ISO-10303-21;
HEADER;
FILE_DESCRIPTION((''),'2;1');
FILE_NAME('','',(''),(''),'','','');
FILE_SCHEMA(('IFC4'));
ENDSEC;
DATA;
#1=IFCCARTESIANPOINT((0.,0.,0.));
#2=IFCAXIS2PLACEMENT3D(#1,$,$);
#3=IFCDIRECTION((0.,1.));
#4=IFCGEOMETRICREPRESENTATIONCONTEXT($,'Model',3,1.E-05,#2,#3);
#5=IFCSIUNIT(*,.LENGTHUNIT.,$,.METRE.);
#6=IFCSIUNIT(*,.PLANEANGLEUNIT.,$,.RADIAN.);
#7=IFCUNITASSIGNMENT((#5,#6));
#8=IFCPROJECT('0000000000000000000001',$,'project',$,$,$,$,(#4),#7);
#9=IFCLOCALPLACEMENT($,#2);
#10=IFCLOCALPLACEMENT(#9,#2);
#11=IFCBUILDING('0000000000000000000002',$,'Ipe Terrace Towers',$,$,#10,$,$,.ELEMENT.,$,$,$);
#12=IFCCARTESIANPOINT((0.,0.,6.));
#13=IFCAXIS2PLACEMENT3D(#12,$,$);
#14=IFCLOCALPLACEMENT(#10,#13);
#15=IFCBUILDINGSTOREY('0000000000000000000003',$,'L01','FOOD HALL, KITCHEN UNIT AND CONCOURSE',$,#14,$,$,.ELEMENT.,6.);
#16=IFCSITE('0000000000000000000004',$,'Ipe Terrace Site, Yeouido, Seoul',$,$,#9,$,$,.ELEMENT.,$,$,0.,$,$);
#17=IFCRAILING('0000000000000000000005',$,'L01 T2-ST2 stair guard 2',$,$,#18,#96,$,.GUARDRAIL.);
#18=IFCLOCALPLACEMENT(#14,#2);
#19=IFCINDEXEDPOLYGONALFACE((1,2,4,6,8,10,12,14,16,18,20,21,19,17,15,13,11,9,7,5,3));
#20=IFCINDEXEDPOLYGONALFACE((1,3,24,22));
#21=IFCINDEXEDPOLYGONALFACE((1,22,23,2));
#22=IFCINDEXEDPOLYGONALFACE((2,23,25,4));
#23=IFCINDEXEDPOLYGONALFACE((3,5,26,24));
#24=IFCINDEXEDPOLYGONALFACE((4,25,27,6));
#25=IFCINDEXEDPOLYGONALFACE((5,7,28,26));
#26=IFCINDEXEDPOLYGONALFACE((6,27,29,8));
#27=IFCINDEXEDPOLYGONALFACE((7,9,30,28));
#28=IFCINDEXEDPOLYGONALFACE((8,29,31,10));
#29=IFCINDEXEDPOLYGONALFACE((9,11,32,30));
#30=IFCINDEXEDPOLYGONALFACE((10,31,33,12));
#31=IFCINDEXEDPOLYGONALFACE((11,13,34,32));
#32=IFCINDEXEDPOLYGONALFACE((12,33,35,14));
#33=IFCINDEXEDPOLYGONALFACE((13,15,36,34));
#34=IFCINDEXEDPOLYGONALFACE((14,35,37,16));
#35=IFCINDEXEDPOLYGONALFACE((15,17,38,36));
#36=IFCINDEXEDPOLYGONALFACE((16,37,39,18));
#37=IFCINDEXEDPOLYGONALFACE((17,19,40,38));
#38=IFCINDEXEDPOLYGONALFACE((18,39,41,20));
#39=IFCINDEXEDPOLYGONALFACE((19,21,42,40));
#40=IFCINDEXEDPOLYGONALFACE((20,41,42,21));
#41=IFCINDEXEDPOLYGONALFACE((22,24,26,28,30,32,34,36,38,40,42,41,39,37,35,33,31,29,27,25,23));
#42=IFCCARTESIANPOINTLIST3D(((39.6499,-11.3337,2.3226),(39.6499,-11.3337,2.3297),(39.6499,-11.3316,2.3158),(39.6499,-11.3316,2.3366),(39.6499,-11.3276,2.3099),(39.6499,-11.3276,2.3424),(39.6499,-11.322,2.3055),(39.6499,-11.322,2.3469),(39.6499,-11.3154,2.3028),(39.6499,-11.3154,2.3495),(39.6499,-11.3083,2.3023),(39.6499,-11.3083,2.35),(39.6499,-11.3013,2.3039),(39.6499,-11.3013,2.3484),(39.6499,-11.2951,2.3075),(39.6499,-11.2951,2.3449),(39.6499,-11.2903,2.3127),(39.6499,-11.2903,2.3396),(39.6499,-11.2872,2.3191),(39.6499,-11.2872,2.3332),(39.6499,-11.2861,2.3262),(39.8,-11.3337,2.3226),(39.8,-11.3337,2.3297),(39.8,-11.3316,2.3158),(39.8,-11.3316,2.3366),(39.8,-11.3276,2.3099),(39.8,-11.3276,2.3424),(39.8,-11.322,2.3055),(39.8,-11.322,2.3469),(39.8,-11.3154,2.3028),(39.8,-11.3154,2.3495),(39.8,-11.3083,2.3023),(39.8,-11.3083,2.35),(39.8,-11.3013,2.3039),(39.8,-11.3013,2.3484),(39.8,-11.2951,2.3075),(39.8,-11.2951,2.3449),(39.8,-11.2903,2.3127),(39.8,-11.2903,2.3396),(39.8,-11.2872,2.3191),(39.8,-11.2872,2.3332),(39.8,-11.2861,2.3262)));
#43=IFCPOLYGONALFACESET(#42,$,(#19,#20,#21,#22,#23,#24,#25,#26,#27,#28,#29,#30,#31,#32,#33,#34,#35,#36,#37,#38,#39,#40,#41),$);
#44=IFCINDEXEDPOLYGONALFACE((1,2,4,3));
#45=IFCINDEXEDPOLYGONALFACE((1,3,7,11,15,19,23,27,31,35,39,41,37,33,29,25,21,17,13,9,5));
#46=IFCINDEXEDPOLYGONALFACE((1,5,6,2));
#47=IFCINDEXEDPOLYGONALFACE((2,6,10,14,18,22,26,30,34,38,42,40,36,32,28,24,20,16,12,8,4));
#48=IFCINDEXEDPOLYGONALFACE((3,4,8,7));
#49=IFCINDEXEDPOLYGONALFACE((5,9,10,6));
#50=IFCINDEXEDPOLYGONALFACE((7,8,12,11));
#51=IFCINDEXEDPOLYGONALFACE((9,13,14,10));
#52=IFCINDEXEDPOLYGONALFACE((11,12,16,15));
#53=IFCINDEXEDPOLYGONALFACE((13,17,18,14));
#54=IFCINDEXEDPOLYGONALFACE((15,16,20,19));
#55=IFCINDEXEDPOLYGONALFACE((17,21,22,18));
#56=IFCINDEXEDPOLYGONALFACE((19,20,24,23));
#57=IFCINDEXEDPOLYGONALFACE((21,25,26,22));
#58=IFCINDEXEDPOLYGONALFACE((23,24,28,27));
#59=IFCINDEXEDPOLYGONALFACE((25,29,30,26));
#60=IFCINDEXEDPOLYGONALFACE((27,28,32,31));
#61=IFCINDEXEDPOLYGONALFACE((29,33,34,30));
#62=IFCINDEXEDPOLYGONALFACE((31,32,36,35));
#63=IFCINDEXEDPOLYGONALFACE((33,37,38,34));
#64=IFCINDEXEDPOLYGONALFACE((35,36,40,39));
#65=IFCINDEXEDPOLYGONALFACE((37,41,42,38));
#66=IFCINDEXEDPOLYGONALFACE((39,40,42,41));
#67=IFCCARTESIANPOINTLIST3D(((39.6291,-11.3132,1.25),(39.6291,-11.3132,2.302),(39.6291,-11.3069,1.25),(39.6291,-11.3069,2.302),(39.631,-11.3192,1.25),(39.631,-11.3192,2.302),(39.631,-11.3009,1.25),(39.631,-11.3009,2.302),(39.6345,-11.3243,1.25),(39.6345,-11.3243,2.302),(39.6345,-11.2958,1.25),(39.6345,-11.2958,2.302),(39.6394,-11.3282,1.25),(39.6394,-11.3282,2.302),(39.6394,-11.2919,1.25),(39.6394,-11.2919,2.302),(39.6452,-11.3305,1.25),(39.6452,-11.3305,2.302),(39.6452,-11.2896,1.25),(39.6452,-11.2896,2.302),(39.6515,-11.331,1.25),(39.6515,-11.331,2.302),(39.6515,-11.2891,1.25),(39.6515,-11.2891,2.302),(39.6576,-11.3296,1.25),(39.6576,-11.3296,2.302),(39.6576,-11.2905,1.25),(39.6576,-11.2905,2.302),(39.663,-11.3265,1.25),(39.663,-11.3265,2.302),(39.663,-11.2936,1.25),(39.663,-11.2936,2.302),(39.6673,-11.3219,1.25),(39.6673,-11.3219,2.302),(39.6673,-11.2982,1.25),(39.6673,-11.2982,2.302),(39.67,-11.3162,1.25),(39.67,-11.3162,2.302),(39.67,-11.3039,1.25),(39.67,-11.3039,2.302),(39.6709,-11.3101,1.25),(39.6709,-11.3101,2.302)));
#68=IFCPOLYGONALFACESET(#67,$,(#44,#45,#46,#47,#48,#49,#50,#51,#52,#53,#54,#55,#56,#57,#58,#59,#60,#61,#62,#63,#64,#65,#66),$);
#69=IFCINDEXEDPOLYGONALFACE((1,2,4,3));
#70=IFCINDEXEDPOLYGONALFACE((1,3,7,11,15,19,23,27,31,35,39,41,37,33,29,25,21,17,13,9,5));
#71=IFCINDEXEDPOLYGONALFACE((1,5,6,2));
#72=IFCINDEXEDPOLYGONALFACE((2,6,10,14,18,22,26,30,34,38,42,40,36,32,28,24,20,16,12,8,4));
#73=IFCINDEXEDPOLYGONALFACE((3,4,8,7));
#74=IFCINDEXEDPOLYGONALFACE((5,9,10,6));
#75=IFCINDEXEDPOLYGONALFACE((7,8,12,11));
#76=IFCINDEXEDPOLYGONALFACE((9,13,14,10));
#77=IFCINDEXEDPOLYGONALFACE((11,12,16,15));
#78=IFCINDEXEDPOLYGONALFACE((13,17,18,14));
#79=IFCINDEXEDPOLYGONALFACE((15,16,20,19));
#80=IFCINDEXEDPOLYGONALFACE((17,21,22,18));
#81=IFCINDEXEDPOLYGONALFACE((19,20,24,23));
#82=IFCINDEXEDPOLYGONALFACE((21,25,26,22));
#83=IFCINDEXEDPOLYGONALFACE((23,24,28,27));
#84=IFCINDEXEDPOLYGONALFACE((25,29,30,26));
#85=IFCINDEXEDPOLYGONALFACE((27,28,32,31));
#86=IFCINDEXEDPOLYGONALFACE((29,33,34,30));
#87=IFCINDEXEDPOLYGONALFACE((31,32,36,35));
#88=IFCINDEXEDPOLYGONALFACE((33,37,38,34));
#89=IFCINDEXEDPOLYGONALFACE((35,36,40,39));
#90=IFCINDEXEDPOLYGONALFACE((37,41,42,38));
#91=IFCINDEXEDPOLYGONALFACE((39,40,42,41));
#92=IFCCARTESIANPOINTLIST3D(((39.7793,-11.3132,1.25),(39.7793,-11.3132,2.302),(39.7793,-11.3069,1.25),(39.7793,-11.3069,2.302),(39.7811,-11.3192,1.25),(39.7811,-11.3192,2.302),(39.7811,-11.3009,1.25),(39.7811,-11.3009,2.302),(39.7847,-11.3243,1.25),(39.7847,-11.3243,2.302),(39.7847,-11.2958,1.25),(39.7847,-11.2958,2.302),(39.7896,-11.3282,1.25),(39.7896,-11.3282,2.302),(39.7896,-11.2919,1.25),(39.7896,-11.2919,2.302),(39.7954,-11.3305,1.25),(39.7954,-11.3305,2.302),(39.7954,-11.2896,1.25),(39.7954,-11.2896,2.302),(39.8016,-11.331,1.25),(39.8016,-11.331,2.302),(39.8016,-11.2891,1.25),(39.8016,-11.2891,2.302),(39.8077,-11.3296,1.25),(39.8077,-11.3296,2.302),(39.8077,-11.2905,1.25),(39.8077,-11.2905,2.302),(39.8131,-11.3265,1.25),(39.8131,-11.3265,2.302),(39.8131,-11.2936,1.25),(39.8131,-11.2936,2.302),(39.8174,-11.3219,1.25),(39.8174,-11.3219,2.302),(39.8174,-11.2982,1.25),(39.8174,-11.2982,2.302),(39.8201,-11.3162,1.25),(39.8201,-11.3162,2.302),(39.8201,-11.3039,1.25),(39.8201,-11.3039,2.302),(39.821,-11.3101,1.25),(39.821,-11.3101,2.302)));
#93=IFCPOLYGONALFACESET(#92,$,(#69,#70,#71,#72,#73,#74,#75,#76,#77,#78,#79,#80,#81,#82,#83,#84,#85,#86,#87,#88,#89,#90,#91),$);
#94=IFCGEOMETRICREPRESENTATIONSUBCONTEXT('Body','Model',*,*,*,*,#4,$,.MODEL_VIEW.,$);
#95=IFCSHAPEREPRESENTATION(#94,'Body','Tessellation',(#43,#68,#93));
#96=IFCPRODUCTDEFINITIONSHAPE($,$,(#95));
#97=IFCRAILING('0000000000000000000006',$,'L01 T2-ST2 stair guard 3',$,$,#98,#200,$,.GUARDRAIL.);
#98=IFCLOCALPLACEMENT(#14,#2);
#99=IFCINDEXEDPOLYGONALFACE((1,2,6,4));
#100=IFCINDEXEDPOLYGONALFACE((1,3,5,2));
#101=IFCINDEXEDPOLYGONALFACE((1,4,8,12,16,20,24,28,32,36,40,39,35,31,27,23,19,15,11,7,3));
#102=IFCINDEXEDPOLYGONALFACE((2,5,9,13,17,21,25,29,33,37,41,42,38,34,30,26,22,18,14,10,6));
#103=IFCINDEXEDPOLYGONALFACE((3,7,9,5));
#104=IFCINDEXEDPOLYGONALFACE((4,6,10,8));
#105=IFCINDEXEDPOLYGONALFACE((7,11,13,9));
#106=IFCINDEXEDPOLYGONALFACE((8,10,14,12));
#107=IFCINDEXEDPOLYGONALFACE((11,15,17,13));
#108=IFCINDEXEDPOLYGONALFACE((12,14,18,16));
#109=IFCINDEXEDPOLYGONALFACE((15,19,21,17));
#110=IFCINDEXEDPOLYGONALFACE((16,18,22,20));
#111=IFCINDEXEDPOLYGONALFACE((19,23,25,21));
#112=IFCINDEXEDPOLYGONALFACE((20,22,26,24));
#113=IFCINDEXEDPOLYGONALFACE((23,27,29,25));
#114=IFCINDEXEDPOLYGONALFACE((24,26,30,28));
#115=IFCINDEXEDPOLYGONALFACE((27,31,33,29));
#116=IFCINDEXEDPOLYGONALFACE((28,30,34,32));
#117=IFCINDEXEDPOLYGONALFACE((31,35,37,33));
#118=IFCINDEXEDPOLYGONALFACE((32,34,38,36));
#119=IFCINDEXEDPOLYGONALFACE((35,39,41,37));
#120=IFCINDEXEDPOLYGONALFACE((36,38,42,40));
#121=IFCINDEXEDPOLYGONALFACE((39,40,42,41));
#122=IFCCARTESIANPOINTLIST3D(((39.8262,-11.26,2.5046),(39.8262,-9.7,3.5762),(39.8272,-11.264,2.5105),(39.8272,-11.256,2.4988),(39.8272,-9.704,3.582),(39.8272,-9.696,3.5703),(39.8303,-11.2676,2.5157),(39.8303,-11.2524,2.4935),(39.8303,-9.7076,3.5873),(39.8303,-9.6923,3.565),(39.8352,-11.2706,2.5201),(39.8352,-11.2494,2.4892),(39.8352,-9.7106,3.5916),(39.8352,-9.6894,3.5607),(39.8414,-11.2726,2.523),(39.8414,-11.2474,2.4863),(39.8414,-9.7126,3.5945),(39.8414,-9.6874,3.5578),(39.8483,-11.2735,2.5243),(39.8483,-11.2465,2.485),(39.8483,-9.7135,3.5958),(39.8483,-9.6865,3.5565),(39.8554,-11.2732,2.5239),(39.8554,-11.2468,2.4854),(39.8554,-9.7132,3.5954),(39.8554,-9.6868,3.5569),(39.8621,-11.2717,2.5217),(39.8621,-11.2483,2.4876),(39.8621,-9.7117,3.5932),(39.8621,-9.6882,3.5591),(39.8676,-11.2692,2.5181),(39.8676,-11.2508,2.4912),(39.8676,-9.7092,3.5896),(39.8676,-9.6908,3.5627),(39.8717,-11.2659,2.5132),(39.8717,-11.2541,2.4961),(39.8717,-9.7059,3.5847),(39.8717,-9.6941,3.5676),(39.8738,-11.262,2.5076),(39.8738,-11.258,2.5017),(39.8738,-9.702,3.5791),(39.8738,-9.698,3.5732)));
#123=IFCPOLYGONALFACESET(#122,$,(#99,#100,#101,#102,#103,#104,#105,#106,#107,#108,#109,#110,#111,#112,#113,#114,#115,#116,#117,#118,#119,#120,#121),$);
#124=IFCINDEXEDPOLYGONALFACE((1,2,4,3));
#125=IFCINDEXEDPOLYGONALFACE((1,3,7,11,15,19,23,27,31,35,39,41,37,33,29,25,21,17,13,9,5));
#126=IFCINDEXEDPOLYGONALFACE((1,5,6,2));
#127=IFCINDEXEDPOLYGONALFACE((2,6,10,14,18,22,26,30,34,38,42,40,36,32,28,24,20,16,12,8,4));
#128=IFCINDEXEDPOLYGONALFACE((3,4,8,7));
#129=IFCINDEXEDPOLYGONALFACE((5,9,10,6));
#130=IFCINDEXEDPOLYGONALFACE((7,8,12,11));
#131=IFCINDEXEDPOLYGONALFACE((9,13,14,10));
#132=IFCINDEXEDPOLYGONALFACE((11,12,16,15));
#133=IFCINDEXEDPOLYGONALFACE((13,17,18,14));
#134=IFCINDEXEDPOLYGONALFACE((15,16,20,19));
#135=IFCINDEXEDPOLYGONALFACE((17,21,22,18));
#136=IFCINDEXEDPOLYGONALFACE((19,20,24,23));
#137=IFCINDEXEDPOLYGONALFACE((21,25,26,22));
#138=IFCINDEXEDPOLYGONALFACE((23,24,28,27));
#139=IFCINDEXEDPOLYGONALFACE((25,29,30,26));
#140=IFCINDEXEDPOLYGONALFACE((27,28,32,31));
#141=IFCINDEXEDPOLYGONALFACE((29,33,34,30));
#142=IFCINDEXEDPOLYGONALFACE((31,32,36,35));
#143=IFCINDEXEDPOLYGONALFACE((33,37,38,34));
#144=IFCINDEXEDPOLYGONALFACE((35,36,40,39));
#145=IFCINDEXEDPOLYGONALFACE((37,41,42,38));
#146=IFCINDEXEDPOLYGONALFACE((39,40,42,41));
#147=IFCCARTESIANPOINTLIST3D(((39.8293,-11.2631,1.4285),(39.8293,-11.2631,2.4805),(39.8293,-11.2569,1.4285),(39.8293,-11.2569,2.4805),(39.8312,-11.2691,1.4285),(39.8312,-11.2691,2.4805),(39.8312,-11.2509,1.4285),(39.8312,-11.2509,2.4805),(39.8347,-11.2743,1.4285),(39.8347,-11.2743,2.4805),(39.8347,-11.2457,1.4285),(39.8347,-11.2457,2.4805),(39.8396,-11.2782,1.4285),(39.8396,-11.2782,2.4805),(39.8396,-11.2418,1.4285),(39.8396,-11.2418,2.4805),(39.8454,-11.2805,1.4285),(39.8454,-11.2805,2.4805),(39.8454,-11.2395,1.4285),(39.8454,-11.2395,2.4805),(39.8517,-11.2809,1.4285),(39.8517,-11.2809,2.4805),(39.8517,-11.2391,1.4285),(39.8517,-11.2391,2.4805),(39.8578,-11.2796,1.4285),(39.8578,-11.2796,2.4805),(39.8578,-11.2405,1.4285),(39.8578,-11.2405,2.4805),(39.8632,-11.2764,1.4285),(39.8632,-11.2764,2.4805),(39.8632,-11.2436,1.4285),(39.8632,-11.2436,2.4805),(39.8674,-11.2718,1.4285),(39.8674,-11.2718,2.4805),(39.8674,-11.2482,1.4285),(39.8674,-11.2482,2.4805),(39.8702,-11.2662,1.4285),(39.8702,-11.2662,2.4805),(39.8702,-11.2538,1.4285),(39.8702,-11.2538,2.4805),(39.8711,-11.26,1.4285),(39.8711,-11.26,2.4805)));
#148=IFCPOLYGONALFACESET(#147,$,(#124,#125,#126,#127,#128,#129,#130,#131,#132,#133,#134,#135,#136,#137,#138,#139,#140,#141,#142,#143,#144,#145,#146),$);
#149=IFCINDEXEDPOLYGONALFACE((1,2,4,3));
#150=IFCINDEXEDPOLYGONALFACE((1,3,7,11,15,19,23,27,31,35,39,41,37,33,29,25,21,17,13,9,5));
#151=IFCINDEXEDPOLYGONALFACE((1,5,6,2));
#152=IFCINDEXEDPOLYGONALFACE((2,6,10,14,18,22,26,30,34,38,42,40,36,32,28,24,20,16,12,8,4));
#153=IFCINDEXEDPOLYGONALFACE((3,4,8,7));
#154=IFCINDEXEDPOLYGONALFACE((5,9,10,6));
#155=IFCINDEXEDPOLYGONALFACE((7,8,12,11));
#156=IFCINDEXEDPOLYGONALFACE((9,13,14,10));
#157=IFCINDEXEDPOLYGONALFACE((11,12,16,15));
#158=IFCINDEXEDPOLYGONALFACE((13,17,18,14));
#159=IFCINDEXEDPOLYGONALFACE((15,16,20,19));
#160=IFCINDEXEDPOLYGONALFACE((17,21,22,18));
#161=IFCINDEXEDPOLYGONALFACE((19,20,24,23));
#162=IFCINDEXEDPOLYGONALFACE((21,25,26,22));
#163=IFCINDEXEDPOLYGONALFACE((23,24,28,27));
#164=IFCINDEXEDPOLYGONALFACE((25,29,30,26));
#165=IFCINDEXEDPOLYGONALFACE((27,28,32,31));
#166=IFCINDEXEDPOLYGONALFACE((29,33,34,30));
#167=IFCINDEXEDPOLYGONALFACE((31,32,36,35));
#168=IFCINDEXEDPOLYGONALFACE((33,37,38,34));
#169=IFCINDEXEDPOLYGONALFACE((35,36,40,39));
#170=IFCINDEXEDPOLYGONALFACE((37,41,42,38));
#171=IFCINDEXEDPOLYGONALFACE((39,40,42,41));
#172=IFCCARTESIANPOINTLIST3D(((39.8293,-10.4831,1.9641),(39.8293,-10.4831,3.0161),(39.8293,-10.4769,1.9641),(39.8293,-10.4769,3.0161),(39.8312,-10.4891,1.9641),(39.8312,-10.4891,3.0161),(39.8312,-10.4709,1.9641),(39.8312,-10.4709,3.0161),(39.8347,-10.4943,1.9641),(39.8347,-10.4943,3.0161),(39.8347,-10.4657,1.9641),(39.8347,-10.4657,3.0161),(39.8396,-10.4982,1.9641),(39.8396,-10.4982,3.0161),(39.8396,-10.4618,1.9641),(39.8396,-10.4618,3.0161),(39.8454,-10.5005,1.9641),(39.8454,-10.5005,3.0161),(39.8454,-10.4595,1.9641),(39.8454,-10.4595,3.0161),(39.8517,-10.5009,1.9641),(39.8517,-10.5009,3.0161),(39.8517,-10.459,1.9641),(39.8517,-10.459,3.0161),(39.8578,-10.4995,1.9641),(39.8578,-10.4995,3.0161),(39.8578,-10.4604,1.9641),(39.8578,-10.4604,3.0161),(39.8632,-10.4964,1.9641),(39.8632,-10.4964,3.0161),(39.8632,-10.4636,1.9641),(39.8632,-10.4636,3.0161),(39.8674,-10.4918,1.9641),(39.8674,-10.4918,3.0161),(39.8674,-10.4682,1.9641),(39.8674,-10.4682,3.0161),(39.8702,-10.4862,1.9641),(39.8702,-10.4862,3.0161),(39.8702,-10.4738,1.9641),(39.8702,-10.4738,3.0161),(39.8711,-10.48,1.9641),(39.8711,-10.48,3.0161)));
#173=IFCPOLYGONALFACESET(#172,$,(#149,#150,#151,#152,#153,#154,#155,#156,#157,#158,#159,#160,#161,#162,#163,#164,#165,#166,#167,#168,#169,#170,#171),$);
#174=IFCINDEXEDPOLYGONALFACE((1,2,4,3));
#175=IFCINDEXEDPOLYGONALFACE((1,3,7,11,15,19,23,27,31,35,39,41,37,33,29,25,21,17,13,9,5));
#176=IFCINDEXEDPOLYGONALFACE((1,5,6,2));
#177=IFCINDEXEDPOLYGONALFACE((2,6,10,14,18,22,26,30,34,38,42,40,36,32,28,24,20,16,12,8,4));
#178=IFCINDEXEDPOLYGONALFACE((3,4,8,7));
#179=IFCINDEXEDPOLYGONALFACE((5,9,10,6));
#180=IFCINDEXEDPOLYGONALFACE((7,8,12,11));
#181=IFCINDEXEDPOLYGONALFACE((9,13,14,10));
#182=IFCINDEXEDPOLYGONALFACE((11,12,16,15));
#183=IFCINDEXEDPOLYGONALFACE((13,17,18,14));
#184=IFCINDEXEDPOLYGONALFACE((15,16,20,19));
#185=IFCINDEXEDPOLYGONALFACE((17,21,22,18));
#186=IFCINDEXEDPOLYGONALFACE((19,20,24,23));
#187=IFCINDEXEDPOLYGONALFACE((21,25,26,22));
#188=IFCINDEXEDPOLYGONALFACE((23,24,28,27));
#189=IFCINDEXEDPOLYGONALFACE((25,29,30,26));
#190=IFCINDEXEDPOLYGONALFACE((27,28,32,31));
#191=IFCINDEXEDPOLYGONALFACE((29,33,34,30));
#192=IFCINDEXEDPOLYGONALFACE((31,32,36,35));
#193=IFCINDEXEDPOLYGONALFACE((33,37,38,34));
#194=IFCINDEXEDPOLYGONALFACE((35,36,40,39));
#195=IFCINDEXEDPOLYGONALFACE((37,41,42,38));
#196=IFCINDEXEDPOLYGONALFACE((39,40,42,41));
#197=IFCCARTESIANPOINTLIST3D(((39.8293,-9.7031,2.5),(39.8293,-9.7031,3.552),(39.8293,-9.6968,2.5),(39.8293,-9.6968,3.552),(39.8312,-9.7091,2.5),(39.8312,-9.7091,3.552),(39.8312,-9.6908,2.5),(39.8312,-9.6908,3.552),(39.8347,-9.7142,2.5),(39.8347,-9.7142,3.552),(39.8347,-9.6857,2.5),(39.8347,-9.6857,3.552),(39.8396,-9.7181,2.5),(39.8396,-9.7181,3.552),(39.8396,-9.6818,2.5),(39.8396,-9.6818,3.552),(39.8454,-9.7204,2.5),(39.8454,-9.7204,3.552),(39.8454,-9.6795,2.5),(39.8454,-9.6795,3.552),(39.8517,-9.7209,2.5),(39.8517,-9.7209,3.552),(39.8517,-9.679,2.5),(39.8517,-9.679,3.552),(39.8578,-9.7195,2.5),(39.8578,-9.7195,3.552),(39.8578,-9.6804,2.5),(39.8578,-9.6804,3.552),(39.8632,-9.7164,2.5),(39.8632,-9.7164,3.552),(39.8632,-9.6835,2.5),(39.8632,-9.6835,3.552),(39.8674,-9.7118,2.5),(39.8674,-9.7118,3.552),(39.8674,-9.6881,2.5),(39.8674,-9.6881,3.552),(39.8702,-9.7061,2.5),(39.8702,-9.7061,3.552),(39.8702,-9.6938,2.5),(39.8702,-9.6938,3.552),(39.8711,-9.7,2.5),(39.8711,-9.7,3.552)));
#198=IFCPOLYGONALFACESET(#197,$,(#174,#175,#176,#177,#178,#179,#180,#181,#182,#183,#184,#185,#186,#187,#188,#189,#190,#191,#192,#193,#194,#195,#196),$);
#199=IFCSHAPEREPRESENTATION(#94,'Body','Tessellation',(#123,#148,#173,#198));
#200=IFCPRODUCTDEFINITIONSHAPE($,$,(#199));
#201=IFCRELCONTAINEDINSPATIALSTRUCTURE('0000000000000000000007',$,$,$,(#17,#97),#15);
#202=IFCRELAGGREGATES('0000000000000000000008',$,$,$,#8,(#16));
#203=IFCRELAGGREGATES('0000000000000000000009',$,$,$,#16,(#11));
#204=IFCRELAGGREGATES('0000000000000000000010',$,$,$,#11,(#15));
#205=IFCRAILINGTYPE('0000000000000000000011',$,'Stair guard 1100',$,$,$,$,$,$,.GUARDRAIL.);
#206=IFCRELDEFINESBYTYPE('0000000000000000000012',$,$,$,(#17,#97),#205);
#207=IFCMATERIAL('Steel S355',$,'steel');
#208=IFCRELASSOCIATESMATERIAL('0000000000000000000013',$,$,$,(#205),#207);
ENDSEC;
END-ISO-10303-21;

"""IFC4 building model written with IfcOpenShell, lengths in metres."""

from ifc_helpers import new_model, si_unit, direction, frame, origin, origin_2d, place, context, subcontext, project, spatial, circle, extrude, material, type_object, element, save


model = new_model("IFC4")

# Units and contexts
model_context = context("Model", 3, precision=1e-05, world=origin(), true_north=direction((0.0, 1.0)))
body_context = subcontext(model_context, "Body", "Model", "MODEL_VIEW")
ifc_project = project(units=[si_unit("LENGTHUNIT", "METRE"), si_unit("PLANEANGLEUNIT", "RADIAN")], contexts=[model_context])

# Site, building, storey
site_placement = place(None, origin())
site = spatial("IfcSite", under=ifc_project, at=site_placement, Name="Ipe Terrace Site, Yeouido, Seoul", CompositionType="ELEMENT", RefElevation=0.0)
building_placement = place(site_placement, origin())
building = spatial("IfcBuilding", under=site, at=building_placement, Name="Ipe Terrace Towers", CompositionType="ELEMENT")
storey_placement = place(building_placement, frame((0.0, 0.0, 6.0)))
storey = spatial("IfcBuildingStorey", under=building, at=storey_placement, Name="L01", Description="FOOD HALL, KITCHEN UNIT AND CONCOURSE", CompositionType="ELEMENT", Elevation=6.0)

# Railings
ifc_material_1 = material(Name="Steel S355", Category="steel")
railing_type_1 = type_object("IfcRailingType", Name="Stair guard 1100", PredefinedType="GUARDRAIL", material=ifc_material_1)
railing_1_placement = place(storey_placement, frame((39.6499, -11.3101, 1.25)))
element("IfcRailing", 1, at=railing_1_placement, inside=storey, type_object=railing_type_1, Name="L01 T2-ST2 stair guard 2", PredefinedType="GUARDRAIL", context=body_context, shape_type="SweptSolid", body=[
    extrude(circle(Radius=0.0239, at=origin_2d()), frame((0.0, 0.0, 1.0762), z_axis=(1.0, 0.0, 0.0), x_axis=(0.0, 1.0, 0.0)), (0.0, 0.0, 1.0), 0.1501),
    extrude(circle(Radius=0.021, at=origin_2d()), origin(), (0.0, 0.0, 1.0), 1.052),
    extrude(circle(Radius=0.021, at=origin_2d()), frame((0.1501, 0.0, 0.0)), (0.0, 0.0, 1.0), 1.052),
])
railing_2_placement = place(storey_placement, frame((39.8501, -11.26, 1.4285)))
element("IfcRailing", 2, at=railing_2_placement, inside=storey, type_object=railing_type_1, Name="L01 T2-ST2 stair guard 3", PredefinedType="GUARDRAIL", context=body_context, shape_type="SweptSolid", body=[
    extrude(circle(Radius=0.0239, at=origin_2d()), frame((0.0, 0.0, 1.0762), z_axis=(0.0, 0.82429, 0.566167), x_axis=(-1.0, 0.0, 0.0)), (0.0, 0.0, 1.0), 1.8926),
    extrude(circle(Radius=0.021, at=origin_2d()), origin(), (0.0, 0.0, 1.0), 1.052),
    extrude(circle(Radius=0.021, at=origin_2d()), frame((0.0, 0.78, 0.5356)), (0.0, 0.0, 1.0), 1.052),
    extrude(circle(Radius=0.021, at=origin_2d()), frame((0.0, 1.5601, 1.0715)), (0.0, 0.0, 1.0), 1.052),
])

save(model, "model.ifc")
